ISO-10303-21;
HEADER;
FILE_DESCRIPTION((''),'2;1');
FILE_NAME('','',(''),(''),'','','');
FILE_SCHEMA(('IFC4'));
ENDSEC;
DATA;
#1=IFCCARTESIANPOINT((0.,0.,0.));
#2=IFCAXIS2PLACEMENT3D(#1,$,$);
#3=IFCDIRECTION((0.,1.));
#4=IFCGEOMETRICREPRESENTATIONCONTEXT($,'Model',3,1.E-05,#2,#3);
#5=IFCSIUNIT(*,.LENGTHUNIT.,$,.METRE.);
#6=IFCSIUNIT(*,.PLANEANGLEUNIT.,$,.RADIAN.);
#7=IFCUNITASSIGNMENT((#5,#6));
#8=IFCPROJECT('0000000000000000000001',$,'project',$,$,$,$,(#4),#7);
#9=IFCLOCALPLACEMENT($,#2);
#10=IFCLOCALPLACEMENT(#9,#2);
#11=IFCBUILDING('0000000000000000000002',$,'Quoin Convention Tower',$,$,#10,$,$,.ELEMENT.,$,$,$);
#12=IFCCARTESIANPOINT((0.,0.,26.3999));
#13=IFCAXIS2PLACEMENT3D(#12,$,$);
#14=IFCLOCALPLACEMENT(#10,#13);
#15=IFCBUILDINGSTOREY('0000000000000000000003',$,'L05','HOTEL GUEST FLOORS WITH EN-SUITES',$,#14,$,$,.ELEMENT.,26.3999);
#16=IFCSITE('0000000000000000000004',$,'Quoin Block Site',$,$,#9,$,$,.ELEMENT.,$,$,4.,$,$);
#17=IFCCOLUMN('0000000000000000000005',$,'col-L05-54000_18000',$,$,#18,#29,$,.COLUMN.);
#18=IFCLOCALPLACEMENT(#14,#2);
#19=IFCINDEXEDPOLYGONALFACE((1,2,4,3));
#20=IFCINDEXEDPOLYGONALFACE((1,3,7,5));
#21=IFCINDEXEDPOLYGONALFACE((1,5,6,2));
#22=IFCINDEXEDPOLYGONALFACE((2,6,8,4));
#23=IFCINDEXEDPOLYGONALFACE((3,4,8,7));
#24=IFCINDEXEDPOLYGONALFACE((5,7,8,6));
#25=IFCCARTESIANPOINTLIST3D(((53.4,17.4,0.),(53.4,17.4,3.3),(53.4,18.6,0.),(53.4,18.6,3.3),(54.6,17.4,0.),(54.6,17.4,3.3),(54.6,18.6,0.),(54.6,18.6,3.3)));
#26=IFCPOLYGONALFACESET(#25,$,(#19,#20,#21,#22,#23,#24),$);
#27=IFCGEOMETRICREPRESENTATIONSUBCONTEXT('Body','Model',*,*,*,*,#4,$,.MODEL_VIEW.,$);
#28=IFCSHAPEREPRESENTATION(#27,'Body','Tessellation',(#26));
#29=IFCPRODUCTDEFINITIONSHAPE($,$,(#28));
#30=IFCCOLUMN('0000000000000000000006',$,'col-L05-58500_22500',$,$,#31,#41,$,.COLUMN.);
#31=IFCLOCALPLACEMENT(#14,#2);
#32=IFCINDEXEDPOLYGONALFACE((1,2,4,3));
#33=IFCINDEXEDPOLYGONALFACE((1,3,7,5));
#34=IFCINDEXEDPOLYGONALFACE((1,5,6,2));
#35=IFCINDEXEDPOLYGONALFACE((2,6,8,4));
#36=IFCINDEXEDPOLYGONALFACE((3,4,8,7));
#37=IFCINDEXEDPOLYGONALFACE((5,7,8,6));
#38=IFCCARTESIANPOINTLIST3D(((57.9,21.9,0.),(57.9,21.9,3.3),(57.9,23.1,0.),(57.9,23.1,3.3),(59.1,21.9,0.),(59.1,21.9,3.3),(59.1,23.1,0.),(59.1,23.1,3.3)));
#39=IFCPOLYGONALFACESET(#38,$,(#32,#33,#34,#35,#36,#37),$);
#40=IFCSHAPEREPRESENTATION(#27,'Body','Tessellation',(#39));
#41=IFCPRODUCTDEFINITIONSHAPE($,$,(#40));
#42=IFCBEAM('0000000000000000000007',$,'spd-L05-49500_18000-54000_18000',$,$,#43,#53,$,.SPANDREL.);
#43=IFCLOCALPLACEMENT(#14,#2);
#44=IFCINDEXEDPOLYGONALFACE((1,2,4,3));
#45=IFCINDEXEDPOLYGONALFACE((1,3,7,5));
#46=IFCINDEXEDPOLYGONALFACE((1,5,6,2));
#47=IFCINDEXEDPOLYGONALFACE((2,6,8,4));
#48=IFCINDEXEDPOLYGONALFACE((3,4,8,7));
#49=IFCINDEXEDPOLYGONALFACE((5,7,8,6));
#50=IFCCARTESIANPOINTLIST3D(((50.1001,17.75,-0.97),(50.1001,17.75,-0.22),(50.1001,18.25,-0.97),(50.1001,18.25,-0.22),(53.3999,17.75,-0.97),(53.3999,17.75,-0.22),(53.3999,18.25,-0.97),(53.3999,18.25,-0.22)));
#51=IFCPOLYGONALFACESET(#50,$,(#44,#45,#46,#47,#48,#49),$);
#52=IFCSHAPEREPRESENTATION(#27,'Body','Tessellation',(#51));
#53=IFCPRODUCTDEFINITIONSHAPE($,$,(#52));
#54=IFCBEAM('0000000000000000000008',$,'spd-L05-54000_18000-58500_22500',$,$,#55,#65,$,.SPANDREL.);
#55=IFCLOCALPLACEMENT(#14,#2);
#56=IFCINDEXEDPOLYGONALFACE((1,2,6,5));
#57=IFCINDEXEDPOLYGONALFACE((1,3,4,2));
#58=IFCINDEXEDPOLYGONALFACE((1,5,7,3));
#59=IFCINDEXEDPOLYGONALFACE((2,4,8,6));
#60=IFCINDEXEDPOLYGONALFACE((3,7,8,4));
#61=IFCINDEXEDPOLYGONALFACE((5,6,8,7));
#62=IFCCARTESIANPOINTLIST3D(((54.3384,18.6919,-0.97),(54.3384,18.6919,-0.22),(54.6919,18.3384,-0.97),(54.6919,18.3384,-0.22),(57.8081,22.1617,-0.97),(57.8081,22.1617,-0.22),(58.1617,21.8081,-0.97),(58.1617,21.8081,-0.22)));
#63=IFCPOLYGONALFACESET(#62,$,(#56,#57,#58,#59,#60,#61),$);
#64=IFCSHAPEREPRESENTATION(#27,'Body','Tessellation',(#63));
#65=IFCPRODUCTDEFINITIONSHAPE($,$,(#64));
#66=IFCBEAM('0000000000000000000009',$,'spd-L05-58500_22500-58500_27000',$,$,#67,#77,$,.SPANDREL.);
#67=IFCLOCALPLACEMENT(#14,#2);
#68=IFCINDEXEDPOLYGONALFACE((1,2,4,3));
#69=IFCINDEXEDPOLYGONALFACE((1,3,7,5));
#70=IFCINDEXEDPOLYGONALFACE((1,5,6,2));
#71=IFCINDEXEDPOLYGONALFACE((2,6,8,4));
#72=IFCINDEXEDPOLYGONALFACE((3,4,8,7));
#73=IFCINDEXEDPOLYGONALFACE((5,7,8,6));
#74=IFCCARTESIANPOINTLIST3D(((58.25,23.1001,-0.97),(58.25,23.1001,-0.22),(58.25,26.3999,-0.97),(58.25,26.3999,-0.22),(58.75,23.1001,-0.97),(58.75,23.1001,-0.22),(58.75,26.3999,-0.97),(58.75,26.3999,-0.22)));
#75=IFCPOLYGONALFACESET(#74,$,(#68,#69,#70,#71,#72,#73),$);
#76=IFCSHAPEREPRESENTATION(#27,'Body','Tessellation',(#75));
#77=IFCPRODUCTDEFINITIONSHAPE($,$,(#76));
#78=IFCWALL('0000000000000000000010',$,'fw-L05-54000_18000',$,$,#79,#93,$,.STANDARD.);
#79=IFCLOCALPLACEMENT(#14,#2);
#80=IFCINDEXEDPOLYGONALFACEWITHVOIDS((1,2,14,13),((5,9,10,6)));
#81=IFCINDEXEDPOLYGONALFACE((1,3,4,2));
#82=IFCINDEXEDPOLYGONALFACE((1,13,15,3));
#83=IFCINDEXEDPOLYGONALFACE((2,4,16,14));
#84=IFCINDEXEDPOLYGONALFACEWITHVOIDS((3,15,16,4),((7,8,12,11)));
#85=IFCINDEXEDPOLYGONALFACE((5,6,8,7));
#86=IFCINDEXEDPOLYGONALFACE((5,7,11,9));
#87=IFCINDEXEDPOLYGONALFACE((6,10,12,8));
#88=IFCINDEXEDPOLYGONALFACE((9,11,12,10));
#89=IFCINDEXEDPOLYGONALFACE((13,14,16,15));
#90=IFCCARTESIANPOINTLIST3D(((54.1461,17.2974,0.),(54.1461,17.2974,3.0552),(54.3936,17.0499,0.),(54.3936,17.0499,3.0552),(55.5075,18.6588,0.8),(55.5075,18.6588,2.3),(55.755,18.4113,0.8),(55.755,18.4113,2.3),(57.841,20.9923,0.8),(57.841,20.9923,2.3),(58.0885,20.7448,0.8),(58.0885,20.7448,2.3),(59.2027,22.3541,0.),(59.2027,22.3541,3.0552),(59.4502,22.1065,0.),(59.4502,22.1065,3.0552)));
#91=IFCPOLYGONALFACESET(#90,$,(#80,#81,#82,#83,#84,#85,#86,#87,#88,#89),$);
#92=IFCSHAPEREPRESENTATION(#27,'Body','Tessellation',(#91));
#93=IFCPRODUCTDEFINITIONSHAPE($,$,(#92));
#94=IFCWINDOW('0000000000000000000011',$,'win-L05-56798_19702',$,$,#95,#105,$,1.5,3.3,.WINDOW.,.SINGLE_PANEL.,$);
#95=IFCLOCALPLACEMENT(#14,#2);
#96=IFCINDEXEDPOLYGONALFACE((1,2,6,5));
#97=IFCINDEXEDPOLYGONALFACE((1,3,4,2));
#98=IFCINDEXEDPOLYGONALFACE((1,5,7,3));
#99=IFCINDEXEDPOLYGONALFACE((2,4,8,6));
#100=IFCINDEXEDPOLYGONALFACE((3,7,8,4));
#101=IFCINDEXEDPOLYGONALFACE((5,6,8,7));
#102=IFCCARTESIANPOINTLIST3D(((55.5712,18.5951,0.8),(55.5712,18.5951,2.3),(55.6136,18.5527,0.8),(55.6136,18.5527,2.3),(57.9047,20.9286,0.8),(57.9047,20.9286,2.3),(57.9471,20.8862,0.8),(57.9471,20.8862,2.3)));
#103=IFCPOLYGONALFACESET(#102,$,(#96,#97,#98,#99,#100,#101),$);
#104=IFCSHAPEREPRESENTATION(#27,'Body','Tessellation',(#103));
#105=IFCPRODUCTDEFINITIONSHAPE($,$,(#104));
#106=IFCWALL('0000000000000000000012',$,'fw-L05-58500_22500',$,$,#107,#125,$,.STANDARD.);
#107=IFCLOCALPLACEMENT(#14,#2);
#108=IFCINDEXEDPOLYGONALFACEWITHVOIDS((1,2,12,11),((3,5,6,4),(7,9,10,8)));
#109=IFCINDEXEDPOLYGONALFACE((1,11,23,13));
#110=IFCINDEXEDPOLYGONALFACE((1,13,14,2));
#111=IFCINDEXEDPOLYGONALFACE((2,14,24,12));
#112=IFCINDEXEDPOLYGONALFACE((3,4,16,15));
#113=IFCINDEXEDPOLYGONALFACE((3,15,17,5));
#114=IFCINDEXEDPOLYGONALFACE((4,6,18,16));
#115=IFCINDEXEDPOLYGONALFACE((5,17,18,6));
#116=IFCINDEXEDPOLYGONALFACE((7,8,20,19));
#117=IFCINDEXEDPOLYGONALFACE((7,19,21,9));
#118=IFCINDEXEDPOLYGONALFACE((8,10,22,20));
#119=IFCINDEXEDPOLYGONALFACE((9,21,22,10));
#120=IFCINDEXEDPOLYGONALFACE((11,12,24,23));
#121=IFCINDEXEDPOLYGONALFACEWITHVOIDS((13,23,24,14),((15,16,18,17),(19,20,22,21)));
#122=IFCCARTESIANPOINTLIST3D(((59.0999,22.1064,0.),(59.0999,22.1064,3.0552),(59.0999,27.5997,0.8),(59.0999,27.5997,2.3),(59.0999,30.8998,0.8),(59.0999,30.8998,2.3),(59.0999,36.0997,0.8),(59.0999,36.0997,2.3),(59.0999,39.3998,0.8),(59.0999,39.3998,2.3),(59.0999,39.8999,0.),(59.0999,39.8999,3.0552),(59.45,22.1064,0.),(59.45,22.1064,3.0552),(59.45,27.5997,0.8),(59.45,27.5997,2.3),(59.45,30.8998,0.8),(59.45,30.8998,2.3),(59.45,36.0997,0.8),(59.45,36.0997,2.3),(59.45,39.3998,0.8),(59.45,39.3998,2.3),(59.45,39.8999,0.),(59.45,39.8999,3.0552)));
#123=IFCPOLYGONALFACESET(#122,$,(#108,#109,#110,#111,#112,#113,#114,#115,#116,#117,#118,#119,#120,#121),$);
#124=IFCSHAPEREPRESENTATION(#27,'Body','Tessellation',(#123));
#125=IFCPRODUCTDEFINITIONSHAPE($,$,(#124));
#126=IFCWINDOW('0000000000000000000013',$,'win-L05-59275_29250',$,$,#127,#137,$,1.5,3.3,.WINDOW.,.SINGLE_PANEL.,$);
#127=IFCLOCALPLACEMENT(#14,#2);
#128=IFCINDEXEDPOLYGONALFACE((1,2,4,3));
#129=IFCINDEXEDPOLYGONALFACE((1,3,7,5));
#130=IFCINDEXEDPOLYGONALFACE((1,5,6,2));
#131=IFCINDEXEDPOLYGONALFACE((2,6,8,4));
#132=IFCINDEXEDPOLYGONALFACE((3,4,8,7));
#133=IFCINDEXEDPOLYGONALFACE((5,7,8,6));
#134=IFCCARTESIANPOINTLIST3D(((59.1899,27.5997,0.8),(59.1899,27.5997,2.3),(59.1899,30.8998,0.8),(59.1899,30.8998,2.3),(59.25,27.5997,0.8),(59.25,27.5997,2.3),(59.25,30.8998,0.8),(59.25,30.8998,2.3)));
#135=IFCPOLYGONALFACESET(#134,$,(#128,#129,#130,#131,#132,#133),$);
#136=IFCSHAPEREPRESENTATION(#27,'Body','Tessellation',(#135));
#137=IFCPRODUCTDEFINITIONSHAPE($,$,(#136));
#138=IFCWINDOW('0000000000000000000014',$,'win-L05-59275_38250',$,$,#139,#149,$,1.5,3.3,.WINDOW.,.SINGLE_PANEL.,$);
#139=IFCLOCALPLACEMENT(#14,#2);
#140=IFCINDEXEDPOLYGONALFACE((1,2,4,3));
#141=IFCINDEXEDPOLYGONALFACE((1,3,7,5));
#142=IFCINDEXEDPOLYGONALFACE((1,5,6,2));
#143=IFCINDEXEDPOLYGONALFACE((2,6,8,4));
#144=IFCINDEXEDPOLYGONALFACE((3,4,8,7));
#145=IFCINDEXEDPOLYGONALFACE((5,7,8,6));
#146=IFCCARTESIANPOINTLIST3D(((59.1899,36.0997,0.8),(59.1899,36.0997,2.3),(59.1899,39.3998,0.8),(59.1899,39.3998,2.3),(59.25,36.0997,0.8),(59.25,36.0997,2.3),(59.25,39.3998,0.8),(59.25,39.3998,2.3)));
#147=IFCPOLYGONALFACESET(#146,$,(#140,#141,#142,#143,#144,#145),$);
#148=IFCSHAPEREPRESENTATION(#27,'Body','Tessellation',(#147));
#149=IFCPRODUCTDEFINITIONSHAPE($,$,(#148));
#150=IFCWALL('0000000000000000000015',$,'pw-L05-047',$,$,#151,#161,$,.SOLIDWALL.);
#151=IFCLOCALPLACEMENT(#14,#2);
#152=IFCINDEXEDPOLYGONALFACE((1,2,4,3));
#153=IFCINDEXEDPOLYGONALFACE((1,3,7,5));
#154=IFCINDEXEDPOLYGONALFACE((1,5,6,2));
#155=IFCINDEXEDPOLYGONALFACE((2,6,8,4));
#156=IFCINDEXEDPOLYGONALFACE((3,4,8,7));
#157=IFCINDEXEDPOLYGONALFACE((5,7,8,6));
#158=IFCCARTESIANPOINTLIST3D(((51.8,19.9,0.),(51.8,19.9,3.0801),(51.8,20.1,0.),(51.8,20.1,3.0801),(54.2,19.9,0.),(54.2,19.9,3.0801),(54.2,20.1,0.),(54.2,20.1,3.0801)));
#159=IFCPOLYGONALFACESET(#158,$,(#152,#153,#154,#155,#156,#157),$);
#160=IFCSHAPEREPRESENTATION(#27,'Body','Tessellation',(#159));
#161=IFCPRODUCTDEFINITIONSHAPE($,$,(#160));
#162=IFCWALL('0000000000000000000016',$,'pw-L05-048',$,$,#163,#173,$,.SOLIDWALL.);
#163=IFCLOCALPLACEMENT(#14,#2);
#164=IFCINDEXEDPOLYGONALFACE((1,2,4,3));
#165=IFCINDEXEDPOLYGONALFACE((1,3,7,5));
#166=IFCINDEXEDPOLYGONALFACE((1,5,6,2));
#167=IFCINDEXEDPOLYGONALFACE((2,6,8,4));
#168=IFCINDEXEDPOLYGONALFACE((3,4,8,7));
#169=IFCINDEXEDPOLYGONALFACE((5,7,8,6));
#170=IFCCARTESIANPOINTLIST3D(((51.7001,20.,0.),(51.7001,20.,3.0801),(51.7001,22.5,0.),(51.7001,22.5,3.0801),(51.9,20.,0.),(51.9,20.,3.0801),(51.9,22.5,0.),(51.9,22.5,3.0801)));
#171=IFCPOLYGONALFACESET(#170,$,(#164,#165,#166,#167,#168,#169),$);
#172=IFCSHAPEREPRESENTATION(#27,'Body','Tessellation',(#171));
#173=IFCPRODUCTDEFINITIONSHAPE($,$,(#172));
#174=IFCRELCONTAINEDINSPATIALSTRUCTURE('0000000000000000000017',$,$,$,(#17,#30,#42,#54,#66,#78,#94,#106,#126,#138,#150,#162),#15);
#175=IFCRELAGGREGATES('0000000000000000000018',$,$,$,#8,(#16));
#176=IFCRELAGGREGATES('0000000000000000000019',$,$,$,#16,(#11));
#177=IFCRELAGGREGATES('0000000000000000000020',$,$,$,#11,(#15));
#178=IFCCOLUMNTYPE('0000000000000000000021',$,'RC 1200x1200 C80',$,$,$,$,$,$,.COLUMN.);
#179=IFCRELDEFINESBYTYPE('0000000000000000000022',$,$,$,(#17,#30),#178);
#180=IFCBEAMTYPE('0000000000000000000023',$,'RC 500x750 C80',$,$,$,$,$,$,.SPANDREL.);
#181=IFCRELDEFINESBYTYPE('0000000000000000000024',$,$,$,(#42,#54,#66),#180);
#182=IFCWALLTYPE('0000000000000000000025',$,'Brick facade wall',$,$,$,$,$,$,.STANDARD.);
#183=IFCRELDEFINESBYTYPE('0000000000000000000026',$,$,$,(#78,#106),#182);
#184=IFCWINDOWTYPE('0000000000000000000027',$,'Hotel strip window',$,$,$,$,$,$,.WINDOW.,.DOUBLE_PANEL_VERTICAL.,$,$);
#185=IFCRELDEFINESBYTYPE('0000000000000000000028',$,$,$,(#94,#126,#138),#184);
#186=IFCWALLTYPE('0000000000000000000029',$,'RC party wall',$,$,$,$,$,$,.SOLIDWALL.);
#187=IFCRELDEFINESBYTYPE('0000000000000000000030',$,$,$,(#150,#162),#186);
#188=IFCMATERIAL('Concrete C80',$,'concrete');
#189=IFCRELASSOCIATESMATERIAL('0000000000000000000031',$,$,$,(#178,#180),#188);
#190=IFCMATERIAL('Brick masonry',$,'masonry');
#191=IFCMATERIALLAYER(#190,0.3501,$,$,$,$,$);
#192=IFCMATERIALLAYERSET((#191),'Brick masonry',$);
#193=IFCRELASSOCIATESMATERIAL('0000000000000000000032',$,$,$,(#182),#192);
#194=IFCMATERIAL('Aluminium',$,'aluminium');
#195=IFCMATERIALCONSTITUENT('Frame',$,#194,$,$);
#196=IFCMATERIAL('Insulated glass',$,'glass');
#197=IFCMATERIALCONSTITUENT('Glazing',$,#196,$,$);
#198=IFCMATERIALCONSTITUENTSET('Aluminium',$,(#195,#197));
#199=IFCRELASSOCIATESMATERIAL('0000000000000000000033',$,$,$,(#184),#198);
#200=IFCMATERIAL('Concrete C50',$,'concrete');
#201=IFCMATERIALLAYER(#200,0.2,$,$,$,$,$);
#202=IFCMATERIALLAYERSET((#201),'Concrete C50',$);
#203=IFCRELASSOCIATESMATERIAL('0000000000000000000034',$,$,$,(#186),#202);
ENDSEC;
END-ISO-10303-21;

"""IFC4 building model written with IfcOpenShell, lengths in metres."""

from ifc_helpers import new_model, si_unit, direction, frame, frame_2d, origin, origin_2d, place, context, subcontext, project, spatial, rectangle, extrude, material, layer, layer_set, constituent, constituent_set, material_profile, profile_set, type_object, element, fill, save


model = new_model("IFC4")

# Units and contexts
model_context = context("Model", 3, precision=1e-05, world=origin(), true_north=direction((0.0, 1.0)))
body_context = subcontext(model_context, "Body", "Model", "MODEL_VIEW")
ifc_project = project(units=[si_unit("LENGTHUNIT", "METRE"), si_unit("PLANEANGLEUNIT", "RADIAN")], contexts=[model_context])

# Site, building, storey
site_placement = place(None, origin())
site = spatial("IfcSite", under=ifc_project, at=site_placement, Name="Quoin Block Site", CompositionType="ELEMENT", RefElevation=4.0)
building_placement = place(site_placement, origin())
building = spatial("IfcBuilding", under=site, at=building_placement, Name="Quoin Convention Tower", CompositionType="ELEMENT")
storey_placement = place(building_placement, frame((0.0, 0.0, 26.3999)))
storey = spatial("IfcBuildingStorey", under=building, at=storey_placement, Name="L05", Description="HOTEL GUEST FLOORS WITH EN-SUITES", CompositionType="ELEMENT", Elevation=26.3999)

# Columns
ifc_material_1 = material(Name="Concrete C80", Category="concrete")
ifc_material_profile_1 = material_profile(ifc_material_1, rectangle(XDim=1.2, YDim=1.2, at=origin_2d()), Name="RC 1200x1200")
ifc_profile_set_1 = profile_set([ifc_material_profile_1], Name="Concrete C80")
column_type = type_object("IfcColumnType", Name="RC 1200x1200 C80", PredefinedType="COLUMN", material=ifc_profile_set_1)
for number, where, z_axis, x_axis, name in (
    (1, (54.0, 18.0, 0.0), (0.0, 0.0, 1.0), (1.0, 0.0, 0.0), "col-L05-54000_18000"),
    (2, (58.5, 22.5, 0.0), (0.0, 0.0, 1.0), (1.0, 0.0, 0.0), "col-L05-58500_22500"),
):
    element("IfcColumn", number, at=place(storey_placement, frame(where, z_axis=z_axis, x_axis=x_axis)), inside=storey, type_object=column_type, Name=name, PredefinedType="COLUMN", context=body_context, shape_type="SweptSolid", body=[
        extrude(rectangle(XDim=1.2, YDim=1.2, at=origin_2d()), origin(), (0.0, 0.0, 1.0), 3.3),
    ])

# Beams
ifc_material_profile_2 = material_profile(ifc_material_1, rectangle(XDim=0.5, YDim=0.75, at=origin_2d()), Name="RC 500x750")
ifc_profile_set_2 = profile_set([ifc_material_profile_2], Name="Concrete C80")
beam_type = type_object("IfcBeamType", Name="RC 500x750 C80", PredefinedType="SPANDREL", material=ifc_profile_set_2)
beam_1_placement = place(storey_placement, frame((50.1001, 18.0, -0.595), z_axis=(1.0, 0.0, 0.0), x_axis=(0.0, 1.0, 0.0)))
element("IfcBeam", 3, at=beam_1_placement, inside=storey, type_object=beam_type, Name="spd-L05-49500_18000-54000_18000", PredefinedType="SPANDREL", context=body_context, shape_type="SweptSolid", body=[
    extrude(rectangle(XDim=0.5, YDim=0.75, at=origin_2d()), origin(), (0.0, 0.0, 1.0), 3.2998),
])
beam_2_placement = place(storey_placement, frame((54.5151, 18.5151, -0.595), z_axis=(0.707107, 0.707107, 0.0), x_axis=(-0.707107, 0.707107, 0.0)))
element("IfcBeam", 4, at=beam_2_placement, inside=storey, type_object=beam_type, Name="spd-L05-54000_18000-58500_22500", PredefinedType="SPANDREL", context=body_context, shape_type="SweptSolid", body=[
    extrude(rectangle(XDim=0.5, YDim=0.75, at=origin_2d()), origin(), (0.0, 0.0, 1.0), 4.907),
])
beam_3_placement = place(storey_placement, frame((58.5, 23.1001, -0.595), z_axis=(0.0, 1.0, 0.0), x_axis=(-1.0, 0.0, 0.0)))
element("IfcBeam", 5, at=beam_3_placement, inside=storey, type_object=beam_type, Name="spd-L05-58500_22500-58500_27000", PredefinedType="SPANDREL", context=body_context, shape_type="SweptSolid", body=[
    extrude(rectangle(XDim=0.5, YDim=0.75, at=origin_2d()), origin(), (0.0, 0.0, 1.0), 3.2998),
])

# Wall, opening, window
ifc_material_2 = material(Name="Brick masonry", Category="masonry")
ifc_layer_1 = layer(ifc_material_2, 0.3501)
ifc_layer_set_1 = layer_set([ifc_layer_1], Name="Brick masonry")
wall_type_1 = type_object("IfcWallType", Name="Brick facade wall", PredefinedType="STANDARD", material=ifc_layer_set_1)
wall_1_placement = place(storey_placement, frame((54.2698, 17.1736, 0.0), z_axis=(0.0, 0.0, 1.0), x_axis=(0.707107, 0.707107, 0.0)))
wall_1 = element("IfcWall", 6, at=wall_1_placement, inside=storey, type_object=wall_type_1, Name="fw-L05-54000_18000", PredefinedType="STANDARD", context=body_context, shape_type="SweptSolid", body=[
    extrude(rectangle(XDim=7.1511, YDim=0.3501, at=frame_2d((3.5757, 0.0))), origin(), (0.0, 0.0, 1.0), 3.0552),
])
opening_1_placement = place(wall_1_placement, frame((1.9255, 0.0, 0.8)))
opening_1 = element("IfcOpeningElement", 7, at=opening_1_placement, cuts=wall_1, PredefinedType="OPENING", context=body_context, shape_type="SweptSolid", body=[
    extrude(rectangle(XDim=3.3, YDim=1.5, at=frame_2d((1.6499, 0.75))), frame((0.0, 0.1851, 0.0), z_axis=(0.0, -1.0, 0.0), x_axis=(1.0, 0.0, 0.0)), (0.0, 0.0, 1.0), 0.3701),
])
ifc_material_3 = material(Name="Aluminium", Category="aluminium")
ifc_constituent_1 = constituent(ifc_material_3, Name="Frame")
ifc_material_4 = material(Name="Insulated glass", Category="glass")
ifc_constituent_2 = constituent(ifc_material_4, Name="Glazing")
ifc_constituent_set = constituent_set(constituents=[ifc_constituent_1, ifc_constituent_2], Name="Aluminium")
window_type = type_object("IfcWindowType", Name="Hotel strip window", PartitioningType="DOUBLE_PANEL_VERTICAL", PredefinedType="WINDOW", material=ifc_constituent_set)
window_1_placement = place(opening_1_placement, origin())
window_1 = element("IfcWindow", 8, at=window_1_placement, inside=storey, type_object=window_type, Name="win-L05-56798_19702", OverallHeight=1.5, OverallWidth=3.3, PartitioningType="SINGLE_PANEL", PredefinedType="WINDOW", context=body_context, shape_type="SweptSolid", body=[
    extrude(rectangle(XDim=3.3, YDim=1.5, at=frame_2d((1.6499, 0.75))), frame((0.0, 0.085, 0.0), z_axis=(0.0, -1.0, 0.0), x_axis=(1.0, 0.0, 0.0)), (0.0, 0.0, 1.0), 0.0601),
])
fill(opening_1, window_1)

# Wall, openings, windows
wall_2_placement = place(storey_placement, frame((59.2749, 22.1064, 0.0), z_axis=(0.0, 0.0, 1.0), x_axis=(0.0, 1.0, 0.0)))
wall_2 = element("IfcWall", 9, at=wall_2_placement, inside=storey, type_object=wall_type_1, Name="fw-L05-58500_22500", PredefinedType="STANDARD", context=body_context, shape_type="SweptSolid", body=[
    extrude(rectangle(XDim=17.7935, YDim=0.3501, at=frame_2d((8.8967, 0.0))), origin(), (0.0, 0.0, 1.0), 3.0552),
])
opening_2_placement = place(wall_2_placement, frame((5.4934, 0.0, 0.8)))
opening_2 = element("IfcOpeningElement", 10, at=opening_2_placement, cuts=wall_2, PredefinedType="OPENING", context=body_context, shape_type="SweptSolid", body=[
    extrude(rectangle(XDim=3.3, YDim=1.5, at=frame_2d((1.6499, 0.75))), frame((0.0, 0.1851, 0.0), z_axis=(0.0, -1.0, 0.0), x_axis=(1.0, 0.0, 0.0)), (0.0, 0.0, 1.0), 0.3701),
])
opening_3_placement = place(wall_2_placement, frame((13.9934, 0.0, 0.8)))
opening_3 = element("IfcOpeningElement", 11, at=opening_3_placement, cuts=wall_2, PredefinedType="OPENING", context=body_context, shape_type="SweptSolid", body=[
    extrude(rectangle(XDim=3.3, YDim=1.5, at=frame_2d((1.6499, 0.75))), frame((0.0, 0.1851, 0.0), z_axis=(0.0, -1.0, 0.0), x_axis=(1.0, 0.0, 0.0)), (0.0, 0.0, 1.0), 0.3701),
])
window_2_placement = place(opening_2_placement, origin())
window_2 = element("IfcWindow", 12, at=window_2_placement, inside=storey, type_object=window_type, Name="win-L05-59275_29250", OverallHeight=1.5, OverallWidth=3.3, PartitioningType="SINGLE_PANEL", PredefinedType="WINDOW", context=body_context, shape_type="SweptSolid", body=[
    extrude(rectangle(XDim=3.3, YDim=1.5, at=frame_2d((1.6499, 0.75))), frame((0.0, 0.085, 0.0), z_axis=(0.0, -1.0, 0.0), x_axis=(1.0, 0.0, 0.0)), (0.0, 0.0, 1.0), 0.0601),
])
fill(opening_2, window_2)
window_3_placement = place(opening_3_placement, origin())
window_3 = element("IfcWindow", 13, at=window_3_placement, inside=storey, type_object=window_type, Name="win-L05-59275_38250", OverallHeight=1.5, OverallWidth=3.3, PartitioningType="SINGLE_PANEL", PredefinedType="WINDOW", context=body_context, shape_type="SweptSolid", body=[
    extrude(rectangle(XDim=3.3, YDim=1.5, at=frame_2d((1.6499, 0.75))), frame((0.0, 0.085, 0.0), z_axis=(0.0, -1.0, 0.0), x_axis=(1.0, 0.0, 0.0)), (0.0, 0.0, 1.0), 0.0601),
])
fill(opening_3, window_3)

# Walls
ifc_material_5 = material(Name="Concrete C50", Category="concrete")
ifc_layer_2 = layer(ifc_material_5, 0.2)
ifc_layer_set_2 = layer_set([ifc_layer_2], Name="Concrete C50")
wall_type_2 = type_object("IfcWallType", Name="RC party wall", PredefinedType="SOLIDWALL", material=ifc_layer_set_2)
wall_3_placement = place(storey_placement, frame((51.8, 20.0, 0.0), z_axis=(0.0, 0.0, 1.0), x_axis=(1.0, 0.0, 0.0)))
element("IfcWall", 14, at=wall_3_placement, inside=storey, type_object=wall_type_2, Name="pw-L05-047", PredefinedType="SOLIDWALL", context=body_context, shape_type="SweptSolid", body=[
    extrude(rectangle(XDim=2.3999, YDim=0.2, at=frame_2d((1.2, 0.0))), origin(), (0.0, 0.0, 1.0), 3.0801),
])
wall_4_placement = place(storey_placement, frame((51.8, 20.0, 0.0), z_axis=(0.0, 0.0, 1.0), x_axis=(0.0, 1.0, 0.0)))
element("IfcWall", 15, at=wall_4_placement, inside=storey, type_object=wall_type_2, Name="pw-L05-048", PredefinedType="SOLIDWALL", context=body_context, shape_type="SweptSolid", body=[
    extrude(rectangle(XDim=2.5, YDim=0.2, at=frame_2d((1.25, 0.0))), origin(), (0.0, 0.0, 1.0), 3.0801),
])

save(model, "model.ifc")
